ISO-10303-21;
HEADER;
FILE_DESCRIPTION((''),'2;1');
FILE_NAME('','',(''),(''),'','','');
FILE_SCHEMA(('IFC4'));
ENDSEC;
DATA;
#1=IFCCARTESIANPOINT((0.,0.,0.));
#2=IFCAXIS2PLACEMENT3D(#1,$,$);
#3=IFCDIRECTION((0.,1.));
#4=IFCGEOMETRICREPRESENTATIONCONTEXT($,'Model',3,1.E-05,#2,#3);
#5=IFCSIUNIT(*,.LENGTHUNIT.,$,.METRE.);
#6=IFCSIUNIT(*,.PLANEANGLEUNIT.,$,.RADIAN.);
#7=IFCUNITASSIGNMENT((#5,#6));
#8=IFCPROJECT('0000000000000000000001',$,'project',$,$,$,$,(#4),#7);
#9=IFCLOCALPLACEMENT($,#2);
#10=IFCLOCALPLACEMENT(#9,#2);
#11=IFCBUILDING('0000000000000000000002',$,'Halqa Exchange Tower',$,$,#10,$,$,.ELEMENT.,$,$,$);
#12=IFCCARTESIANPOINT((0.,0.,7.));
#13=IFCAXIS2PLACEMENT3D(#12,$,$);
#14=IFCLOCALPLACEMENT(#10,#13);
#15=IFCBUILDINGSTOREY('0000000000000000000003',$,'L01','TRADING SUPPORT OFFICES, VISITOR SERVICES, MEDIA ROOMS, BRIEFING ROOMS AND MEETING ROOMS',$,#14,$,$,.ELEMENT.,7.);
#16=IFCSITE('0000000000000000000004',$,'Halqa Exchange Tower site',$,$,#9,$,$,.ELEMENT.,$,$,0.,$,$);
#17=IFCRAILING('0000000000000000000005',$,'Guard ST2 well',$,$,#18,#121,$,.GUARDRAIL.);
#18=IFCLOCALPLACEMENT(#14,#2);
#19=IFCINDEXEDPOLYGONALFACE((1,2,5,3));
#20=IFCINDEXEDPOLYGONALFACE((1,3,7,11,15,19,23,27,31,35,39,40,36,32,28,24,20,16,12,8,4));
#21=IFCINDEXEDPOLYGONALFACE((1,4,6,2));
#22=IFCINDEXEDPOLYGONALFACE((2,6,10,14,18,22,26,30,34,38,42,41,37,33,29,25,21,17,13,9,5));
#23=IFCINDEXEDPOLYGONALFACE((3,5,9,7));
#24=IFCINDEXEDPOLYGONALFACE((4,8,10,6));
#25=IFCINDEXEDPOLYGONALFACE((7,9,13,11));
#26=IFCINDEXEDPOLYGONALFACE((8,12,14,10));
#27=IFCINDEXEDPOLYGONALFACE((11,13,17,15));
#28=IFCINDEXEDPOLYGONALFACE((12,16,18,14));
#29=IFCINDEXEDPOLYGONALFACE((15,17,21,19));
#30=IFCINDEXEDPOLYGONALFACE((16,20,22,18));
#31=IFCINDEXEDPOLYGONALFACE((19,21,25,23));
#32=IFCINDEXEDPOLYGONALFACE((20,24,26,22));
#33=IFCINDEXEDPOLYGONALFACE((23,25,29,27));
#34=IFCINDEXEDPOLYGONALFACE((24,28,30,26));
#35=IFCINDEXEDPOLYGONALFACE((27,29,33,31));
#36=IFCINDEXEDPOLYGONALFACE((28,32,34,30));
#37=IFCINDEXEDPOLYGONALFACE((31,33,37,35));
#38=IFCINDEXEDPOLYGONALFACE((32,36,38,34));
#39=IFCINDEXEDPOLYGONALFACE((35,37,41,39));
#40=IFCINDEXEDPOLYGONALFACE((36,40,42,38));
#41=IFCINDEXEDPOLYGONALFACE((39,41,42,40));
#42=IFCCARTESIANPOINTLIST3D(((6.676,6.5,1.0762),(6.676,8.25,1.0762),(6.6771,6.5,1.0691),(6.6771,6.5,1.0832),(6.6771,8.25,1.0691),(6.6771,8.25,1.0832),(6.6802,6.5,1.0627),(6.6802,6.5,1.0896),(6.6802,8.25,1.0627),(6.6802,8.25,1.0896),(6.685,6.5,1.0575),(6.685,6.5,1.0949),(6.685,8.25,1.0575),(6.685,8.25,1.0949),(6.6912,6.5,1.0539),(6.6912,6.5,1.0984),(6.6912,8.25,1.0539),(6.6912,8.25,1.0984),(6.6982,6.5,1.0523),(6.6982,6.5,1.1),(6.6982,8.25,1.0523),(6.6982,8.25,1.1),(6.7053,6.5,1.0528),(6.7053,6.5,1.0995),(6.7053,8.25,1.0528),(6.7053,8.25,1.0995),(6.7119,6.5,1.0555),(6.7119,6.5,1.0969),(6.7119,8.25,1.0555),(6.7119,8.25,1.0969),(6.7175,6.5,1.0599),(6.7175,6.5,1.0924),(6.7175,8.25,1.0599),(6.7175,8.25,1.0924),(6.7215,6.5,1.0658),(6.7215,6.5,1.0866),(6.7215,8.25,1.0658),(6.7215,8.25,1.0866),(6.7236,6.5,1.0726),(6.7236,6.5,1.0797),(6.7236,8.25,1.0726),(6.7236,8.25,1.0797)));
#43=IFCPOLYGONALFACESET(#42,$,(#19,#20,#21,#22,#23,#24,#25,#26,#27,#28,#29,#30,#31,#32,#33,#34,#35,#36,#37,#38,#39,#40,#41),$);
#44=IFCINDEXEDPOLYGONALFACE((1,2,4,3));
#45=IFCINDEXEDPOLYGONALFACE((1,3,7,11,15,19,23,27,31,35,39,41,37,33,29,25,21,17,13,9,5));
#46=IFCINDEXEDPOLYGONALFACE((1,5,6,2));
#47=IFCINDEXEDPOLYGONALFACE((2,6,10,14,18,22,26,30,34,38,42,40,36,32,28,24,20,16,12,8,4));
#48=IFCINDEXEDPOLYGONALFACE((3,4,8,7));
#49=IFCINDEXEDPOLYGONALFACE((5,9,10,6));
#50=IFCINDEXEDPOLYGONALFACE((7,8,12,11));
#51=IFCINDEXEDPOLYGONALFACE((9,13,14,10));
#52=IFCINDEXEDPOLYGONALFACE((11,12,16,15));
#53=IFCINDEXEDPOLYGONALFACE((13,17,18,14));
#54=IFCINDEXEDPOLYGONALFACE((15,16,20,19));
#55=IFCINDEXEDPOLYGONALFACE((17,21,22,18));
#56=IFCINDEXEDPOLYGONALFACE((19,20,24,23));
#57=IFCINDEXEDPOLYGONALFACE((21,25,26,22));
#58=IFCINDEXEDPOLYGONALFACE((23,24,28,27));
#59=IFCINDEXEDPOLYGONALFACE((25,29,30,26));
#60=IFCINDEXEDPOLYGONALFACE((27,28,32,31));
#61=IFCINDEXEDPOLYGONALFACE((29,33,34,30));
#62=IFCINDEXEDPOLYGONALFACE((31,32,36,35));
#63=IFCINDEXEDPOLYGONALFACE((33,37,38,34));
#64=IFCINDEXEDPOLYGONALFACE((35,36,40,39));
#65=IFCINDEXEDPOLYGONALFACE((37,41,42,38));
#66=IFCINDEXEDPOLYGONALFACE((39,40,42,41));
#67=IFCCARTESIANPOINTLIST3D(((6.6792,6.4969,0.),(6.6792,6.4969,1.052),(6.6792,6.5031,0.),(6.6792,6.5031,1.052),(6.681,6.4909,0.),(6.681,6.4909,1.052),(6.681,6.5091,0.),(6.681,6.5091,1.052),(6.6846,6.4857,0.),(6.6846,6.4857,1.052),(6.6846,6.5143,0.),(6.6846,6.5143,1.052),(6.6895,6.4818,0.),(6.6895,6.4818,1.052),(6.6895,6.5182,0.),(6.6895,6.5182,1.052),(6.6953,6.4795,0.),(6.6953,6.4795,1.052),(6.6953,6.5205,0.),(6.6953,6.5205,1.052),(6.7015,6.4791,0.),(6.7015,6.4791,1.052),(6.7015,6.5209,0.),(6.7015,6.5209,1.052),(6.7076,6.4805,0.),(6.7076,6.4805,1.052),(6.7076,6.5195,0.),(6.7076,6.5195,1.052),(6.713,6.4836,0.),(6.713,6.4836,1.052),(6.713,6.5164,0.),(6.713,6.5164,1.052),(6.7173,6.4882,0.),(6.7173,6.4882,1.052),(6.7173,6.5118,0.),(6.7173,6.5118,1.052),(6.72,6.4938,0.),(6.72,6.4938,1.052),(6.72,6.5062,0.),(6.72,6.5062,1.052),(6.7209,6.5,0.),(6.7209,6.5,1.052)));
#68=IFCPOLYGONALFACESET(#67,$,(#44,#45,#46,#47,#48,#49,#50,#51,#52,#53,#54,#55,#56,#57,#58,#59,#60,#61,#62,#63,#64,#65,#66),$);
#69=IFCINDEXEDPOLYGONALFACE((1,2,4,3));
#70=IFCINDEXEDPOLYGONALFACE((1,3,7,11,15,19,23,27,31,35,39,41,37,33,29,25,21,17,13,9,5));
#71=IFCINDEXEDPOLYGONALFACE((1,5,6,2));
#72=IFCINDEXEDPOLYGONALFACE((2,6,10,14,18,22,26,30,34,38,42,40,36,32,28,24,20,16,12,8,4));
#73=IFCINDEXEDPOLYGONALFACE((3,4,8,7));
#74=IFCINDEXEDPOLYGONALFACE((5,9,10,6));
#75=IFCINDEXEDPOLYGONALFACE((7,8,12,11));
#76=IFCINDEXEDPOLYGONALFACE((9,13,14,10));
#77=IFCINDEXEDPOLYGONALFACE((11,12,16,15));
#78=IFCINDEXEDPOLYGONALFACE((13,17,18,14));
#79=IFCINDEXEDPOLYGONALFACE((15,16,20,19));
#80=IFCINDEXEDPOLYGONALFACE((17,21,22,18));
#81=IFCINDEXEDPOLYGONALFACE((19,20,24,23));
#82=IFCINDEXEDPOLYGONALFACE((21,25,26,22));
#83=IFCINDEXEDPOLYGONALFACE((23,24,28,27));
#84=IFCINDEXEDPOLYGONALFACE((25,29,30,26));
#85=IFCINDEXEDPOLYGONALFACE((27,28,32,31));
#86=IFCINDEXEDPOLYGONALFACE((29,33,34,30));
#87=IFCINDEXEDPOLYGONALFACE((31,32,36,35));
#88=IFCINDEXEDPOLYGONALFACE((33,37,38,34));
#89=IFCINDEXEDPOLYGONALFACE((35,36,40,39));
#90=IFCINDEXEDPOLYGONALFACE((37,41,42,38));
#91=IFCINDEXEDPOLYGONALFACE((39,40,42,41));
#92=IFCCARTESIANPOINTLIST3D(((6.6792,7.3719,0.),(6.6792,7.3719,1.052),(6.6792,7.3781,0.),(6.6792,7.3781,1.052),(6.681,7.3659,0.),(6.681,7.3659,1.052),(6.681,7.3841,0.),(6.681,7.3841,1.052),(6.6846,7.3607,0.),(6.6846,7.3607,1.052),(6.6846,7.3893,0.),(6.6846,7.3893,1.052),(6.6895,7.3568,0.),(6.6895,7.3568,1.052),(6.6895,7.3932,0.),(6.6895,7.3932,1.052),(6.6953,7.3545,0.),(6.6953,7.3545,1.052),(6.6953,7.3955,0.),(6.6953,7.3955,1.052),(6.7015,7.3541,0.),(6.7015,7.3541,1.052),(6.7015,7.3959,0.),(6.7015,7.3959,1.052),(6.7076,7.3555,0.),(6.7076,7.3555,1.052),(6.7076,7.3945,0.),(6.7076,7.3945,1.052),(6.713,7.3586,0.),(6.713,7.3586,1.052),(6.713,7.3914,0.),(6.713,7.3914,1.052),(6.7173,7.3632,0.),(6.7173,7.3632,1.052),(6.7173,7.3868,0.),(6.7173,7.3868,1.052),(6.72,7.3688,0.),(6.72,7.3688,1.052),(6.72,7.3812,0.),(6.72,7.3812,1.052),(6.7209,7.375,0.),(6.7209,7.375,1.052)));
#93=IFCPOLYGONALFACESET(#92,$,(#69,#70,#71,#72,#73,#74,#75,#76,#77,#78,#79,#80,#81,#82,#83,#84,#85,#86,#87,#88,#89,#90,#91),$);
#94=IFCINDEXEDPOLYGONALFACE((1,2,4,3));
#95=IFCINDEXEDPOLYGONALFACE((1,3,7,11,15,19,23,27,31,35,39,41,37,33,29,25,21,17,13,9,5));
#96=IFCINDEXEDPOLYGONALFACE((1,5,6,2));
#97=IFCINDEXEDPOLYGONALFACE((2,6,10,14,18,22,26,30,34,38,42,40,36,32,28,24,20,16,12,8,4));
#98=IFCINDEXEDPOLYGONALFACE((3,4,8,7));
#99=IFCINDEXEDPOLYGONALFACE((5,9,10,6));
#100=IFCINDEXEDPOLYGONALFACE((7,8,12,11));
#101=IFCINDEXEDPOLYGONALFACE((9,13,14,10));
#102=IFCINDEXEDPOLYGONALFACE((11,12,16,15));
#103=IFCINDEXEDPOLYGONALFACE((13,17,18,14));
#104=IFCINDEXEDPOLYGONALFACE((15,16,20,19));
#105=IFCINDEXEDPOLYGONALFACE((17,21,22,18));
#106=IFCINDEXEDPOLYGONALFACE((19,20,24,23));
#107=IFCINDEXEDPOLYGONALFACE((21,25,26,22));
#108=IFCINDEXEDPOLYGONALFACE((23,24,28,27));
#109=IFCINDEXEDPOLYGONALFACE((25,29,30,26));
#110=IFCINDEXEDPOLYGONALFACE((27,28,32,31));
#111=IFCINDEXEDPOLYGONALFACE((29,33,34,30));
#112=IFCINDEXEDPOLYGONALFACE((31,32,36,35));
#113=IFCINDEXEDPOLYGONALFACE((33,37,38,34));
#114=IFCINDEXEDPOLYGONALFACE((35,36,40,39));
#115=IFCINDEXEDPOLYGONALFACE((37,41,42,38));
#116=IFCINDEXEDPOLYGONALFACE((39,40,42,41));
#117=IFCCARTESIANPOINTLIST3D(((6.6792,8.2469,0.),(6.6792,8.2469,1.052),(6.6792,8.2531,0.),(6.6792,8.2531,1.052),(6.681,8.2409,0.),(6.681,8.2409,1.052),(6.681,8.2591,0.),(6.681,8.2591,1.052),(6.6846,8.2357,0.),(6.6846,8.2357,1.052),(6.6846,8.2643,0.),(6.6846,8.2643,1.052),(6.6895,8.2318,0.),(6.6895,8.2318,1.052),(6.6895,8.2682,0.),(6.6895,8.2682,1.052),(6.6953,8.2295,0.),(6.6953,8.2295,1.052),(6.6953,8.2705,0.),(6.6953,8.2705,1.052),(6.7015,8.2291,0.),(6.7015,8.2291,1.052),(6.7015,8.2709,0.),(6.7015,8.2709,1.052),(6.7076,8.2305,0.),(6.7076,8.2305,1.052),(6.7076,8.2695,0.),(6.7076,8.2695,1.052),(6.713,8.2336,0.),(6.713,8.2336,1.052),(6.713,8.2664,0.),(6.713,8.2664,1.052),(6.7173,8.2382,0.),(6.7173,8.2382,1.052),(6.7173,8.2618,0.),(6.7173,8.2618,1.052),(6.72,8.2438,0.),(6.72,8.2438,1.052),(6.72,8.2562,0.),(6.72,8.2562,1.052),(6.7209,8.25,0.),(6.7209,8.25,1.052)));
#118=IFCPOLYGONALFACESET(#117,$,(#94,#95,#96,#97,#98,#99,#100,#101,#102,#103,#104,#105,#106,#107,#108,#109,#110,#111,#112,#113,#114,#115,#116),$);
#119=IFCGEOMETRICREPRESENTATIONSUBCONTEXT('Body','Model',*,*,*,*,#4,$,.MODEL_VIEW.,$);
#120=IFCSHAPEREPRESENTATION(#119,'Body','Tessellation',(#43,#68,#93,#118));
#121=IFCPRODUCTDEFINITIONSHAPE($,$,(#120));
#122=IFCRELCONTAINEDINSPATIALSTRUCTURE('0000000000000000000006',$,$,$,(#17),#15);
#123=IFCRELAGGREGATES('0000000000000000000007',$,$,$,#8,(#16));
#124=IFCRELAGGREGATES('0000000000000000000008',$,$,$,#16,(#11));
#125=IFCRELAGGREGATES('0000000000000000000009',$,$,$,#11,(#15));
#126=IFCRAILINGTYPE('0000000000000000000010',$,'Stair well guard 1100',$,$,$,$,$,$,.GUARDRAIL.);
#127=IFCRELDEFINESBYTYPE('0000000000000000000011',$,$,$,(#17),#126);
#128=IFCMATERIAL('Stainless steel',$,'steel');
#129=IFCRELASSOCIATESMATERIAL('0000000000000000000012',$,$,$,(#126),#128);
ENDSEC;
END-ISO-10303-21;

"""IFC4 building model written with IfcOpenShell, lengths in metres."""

from ifc_helpers import new_model, si_unit, direction, frame, origin, origin_2d, place, context, subcontext, project, spatial, circle, extrude, material, type_object, element, save


model = new_model("IFC4")

# Units and contexts
model_context = context("Model", 3, precision=1e-05, world=origin(), true_north=direction((0.0, 1.0)))
body_context = subcontext(model_context, "Body", "Model", "MODEL_VIEW")
ifc_project = project(units=[si_unit("LENGTHUNIT", "METRE"), si_unit("PLANEANGLEUNIT", "RADIAN")], contexts=[model_context])

# Site, building, storey
site_placement = place(None, origin())
site = spatial("IfcSite", under=ifc_project, at=site_placement, Name="Halqa Exchange Tower site", CompositionType="ELEMENT", RefElevation=0.0)
building_placement = place(site_placement, origin())
building = spatial("IfcBuilding", under=site, at=building_placement, Name="Halqa Exchange Tower", CompositionType="ELEMENT")
storey_placement = place(building_placement, frame((0.0, 0.0, 7.0)))
storey = spatial("IfcBuildingStorey", under=building, at=storey_placement, Name="L01", Description="TRADING SUPPORT OFFICES, VISITOR SERVICES, MEDIA ROOMS, BRIEFING ROOMS AND MEETING ROOMS", CompositionType="ELEMENT", Elevation=7.0)

# Railing
ifc_material_1 = material(Name="Stainless steel", Category="steel")
railing_type_1 = type_object("IfcRailingType", Name="Stair well guard 1100", PredefinedType="GUARDRAIL", material=ifc_material_1)
railing_1_placement = place(storey_placement, frame((6.7, 6.5, 0.0)))
element("IfcRailing", 1, at=railing_1_placement, inside=storey, type_object=railing_type_1, Name="Guard ST2 well", PredefinedType="GUARDRAIL", context=body_context, shape_type="SweptSolid", body=[
    extrude(circle(Radius=0.0239, at=origin_2d()), frame((0.0, 0.0, 1.0762), z_axis=(0.0, 1.0, 0.0), x_axis=(-1.0, 0.0, 0.0)), (0.0, 0.0, 1.0), 1.75),
    extrude(circle(Radius=0.021, at=origin_2d()), origin(), (0.0, 0.0, 1.0), 1.052),
    extrude(circle(Radius=0.021, at=origin_2d()), frame((0.0, 0.875, 0.0)), (0.0, 0.0, 1.0), 1.052),
    extrude(circle(Radius=0.021, at=origin_2d()), frame((0.0, 1.75, 0.0)), (0.0, 0.0, 1.0), 1.052),
])

save(model, "model.ifc")
